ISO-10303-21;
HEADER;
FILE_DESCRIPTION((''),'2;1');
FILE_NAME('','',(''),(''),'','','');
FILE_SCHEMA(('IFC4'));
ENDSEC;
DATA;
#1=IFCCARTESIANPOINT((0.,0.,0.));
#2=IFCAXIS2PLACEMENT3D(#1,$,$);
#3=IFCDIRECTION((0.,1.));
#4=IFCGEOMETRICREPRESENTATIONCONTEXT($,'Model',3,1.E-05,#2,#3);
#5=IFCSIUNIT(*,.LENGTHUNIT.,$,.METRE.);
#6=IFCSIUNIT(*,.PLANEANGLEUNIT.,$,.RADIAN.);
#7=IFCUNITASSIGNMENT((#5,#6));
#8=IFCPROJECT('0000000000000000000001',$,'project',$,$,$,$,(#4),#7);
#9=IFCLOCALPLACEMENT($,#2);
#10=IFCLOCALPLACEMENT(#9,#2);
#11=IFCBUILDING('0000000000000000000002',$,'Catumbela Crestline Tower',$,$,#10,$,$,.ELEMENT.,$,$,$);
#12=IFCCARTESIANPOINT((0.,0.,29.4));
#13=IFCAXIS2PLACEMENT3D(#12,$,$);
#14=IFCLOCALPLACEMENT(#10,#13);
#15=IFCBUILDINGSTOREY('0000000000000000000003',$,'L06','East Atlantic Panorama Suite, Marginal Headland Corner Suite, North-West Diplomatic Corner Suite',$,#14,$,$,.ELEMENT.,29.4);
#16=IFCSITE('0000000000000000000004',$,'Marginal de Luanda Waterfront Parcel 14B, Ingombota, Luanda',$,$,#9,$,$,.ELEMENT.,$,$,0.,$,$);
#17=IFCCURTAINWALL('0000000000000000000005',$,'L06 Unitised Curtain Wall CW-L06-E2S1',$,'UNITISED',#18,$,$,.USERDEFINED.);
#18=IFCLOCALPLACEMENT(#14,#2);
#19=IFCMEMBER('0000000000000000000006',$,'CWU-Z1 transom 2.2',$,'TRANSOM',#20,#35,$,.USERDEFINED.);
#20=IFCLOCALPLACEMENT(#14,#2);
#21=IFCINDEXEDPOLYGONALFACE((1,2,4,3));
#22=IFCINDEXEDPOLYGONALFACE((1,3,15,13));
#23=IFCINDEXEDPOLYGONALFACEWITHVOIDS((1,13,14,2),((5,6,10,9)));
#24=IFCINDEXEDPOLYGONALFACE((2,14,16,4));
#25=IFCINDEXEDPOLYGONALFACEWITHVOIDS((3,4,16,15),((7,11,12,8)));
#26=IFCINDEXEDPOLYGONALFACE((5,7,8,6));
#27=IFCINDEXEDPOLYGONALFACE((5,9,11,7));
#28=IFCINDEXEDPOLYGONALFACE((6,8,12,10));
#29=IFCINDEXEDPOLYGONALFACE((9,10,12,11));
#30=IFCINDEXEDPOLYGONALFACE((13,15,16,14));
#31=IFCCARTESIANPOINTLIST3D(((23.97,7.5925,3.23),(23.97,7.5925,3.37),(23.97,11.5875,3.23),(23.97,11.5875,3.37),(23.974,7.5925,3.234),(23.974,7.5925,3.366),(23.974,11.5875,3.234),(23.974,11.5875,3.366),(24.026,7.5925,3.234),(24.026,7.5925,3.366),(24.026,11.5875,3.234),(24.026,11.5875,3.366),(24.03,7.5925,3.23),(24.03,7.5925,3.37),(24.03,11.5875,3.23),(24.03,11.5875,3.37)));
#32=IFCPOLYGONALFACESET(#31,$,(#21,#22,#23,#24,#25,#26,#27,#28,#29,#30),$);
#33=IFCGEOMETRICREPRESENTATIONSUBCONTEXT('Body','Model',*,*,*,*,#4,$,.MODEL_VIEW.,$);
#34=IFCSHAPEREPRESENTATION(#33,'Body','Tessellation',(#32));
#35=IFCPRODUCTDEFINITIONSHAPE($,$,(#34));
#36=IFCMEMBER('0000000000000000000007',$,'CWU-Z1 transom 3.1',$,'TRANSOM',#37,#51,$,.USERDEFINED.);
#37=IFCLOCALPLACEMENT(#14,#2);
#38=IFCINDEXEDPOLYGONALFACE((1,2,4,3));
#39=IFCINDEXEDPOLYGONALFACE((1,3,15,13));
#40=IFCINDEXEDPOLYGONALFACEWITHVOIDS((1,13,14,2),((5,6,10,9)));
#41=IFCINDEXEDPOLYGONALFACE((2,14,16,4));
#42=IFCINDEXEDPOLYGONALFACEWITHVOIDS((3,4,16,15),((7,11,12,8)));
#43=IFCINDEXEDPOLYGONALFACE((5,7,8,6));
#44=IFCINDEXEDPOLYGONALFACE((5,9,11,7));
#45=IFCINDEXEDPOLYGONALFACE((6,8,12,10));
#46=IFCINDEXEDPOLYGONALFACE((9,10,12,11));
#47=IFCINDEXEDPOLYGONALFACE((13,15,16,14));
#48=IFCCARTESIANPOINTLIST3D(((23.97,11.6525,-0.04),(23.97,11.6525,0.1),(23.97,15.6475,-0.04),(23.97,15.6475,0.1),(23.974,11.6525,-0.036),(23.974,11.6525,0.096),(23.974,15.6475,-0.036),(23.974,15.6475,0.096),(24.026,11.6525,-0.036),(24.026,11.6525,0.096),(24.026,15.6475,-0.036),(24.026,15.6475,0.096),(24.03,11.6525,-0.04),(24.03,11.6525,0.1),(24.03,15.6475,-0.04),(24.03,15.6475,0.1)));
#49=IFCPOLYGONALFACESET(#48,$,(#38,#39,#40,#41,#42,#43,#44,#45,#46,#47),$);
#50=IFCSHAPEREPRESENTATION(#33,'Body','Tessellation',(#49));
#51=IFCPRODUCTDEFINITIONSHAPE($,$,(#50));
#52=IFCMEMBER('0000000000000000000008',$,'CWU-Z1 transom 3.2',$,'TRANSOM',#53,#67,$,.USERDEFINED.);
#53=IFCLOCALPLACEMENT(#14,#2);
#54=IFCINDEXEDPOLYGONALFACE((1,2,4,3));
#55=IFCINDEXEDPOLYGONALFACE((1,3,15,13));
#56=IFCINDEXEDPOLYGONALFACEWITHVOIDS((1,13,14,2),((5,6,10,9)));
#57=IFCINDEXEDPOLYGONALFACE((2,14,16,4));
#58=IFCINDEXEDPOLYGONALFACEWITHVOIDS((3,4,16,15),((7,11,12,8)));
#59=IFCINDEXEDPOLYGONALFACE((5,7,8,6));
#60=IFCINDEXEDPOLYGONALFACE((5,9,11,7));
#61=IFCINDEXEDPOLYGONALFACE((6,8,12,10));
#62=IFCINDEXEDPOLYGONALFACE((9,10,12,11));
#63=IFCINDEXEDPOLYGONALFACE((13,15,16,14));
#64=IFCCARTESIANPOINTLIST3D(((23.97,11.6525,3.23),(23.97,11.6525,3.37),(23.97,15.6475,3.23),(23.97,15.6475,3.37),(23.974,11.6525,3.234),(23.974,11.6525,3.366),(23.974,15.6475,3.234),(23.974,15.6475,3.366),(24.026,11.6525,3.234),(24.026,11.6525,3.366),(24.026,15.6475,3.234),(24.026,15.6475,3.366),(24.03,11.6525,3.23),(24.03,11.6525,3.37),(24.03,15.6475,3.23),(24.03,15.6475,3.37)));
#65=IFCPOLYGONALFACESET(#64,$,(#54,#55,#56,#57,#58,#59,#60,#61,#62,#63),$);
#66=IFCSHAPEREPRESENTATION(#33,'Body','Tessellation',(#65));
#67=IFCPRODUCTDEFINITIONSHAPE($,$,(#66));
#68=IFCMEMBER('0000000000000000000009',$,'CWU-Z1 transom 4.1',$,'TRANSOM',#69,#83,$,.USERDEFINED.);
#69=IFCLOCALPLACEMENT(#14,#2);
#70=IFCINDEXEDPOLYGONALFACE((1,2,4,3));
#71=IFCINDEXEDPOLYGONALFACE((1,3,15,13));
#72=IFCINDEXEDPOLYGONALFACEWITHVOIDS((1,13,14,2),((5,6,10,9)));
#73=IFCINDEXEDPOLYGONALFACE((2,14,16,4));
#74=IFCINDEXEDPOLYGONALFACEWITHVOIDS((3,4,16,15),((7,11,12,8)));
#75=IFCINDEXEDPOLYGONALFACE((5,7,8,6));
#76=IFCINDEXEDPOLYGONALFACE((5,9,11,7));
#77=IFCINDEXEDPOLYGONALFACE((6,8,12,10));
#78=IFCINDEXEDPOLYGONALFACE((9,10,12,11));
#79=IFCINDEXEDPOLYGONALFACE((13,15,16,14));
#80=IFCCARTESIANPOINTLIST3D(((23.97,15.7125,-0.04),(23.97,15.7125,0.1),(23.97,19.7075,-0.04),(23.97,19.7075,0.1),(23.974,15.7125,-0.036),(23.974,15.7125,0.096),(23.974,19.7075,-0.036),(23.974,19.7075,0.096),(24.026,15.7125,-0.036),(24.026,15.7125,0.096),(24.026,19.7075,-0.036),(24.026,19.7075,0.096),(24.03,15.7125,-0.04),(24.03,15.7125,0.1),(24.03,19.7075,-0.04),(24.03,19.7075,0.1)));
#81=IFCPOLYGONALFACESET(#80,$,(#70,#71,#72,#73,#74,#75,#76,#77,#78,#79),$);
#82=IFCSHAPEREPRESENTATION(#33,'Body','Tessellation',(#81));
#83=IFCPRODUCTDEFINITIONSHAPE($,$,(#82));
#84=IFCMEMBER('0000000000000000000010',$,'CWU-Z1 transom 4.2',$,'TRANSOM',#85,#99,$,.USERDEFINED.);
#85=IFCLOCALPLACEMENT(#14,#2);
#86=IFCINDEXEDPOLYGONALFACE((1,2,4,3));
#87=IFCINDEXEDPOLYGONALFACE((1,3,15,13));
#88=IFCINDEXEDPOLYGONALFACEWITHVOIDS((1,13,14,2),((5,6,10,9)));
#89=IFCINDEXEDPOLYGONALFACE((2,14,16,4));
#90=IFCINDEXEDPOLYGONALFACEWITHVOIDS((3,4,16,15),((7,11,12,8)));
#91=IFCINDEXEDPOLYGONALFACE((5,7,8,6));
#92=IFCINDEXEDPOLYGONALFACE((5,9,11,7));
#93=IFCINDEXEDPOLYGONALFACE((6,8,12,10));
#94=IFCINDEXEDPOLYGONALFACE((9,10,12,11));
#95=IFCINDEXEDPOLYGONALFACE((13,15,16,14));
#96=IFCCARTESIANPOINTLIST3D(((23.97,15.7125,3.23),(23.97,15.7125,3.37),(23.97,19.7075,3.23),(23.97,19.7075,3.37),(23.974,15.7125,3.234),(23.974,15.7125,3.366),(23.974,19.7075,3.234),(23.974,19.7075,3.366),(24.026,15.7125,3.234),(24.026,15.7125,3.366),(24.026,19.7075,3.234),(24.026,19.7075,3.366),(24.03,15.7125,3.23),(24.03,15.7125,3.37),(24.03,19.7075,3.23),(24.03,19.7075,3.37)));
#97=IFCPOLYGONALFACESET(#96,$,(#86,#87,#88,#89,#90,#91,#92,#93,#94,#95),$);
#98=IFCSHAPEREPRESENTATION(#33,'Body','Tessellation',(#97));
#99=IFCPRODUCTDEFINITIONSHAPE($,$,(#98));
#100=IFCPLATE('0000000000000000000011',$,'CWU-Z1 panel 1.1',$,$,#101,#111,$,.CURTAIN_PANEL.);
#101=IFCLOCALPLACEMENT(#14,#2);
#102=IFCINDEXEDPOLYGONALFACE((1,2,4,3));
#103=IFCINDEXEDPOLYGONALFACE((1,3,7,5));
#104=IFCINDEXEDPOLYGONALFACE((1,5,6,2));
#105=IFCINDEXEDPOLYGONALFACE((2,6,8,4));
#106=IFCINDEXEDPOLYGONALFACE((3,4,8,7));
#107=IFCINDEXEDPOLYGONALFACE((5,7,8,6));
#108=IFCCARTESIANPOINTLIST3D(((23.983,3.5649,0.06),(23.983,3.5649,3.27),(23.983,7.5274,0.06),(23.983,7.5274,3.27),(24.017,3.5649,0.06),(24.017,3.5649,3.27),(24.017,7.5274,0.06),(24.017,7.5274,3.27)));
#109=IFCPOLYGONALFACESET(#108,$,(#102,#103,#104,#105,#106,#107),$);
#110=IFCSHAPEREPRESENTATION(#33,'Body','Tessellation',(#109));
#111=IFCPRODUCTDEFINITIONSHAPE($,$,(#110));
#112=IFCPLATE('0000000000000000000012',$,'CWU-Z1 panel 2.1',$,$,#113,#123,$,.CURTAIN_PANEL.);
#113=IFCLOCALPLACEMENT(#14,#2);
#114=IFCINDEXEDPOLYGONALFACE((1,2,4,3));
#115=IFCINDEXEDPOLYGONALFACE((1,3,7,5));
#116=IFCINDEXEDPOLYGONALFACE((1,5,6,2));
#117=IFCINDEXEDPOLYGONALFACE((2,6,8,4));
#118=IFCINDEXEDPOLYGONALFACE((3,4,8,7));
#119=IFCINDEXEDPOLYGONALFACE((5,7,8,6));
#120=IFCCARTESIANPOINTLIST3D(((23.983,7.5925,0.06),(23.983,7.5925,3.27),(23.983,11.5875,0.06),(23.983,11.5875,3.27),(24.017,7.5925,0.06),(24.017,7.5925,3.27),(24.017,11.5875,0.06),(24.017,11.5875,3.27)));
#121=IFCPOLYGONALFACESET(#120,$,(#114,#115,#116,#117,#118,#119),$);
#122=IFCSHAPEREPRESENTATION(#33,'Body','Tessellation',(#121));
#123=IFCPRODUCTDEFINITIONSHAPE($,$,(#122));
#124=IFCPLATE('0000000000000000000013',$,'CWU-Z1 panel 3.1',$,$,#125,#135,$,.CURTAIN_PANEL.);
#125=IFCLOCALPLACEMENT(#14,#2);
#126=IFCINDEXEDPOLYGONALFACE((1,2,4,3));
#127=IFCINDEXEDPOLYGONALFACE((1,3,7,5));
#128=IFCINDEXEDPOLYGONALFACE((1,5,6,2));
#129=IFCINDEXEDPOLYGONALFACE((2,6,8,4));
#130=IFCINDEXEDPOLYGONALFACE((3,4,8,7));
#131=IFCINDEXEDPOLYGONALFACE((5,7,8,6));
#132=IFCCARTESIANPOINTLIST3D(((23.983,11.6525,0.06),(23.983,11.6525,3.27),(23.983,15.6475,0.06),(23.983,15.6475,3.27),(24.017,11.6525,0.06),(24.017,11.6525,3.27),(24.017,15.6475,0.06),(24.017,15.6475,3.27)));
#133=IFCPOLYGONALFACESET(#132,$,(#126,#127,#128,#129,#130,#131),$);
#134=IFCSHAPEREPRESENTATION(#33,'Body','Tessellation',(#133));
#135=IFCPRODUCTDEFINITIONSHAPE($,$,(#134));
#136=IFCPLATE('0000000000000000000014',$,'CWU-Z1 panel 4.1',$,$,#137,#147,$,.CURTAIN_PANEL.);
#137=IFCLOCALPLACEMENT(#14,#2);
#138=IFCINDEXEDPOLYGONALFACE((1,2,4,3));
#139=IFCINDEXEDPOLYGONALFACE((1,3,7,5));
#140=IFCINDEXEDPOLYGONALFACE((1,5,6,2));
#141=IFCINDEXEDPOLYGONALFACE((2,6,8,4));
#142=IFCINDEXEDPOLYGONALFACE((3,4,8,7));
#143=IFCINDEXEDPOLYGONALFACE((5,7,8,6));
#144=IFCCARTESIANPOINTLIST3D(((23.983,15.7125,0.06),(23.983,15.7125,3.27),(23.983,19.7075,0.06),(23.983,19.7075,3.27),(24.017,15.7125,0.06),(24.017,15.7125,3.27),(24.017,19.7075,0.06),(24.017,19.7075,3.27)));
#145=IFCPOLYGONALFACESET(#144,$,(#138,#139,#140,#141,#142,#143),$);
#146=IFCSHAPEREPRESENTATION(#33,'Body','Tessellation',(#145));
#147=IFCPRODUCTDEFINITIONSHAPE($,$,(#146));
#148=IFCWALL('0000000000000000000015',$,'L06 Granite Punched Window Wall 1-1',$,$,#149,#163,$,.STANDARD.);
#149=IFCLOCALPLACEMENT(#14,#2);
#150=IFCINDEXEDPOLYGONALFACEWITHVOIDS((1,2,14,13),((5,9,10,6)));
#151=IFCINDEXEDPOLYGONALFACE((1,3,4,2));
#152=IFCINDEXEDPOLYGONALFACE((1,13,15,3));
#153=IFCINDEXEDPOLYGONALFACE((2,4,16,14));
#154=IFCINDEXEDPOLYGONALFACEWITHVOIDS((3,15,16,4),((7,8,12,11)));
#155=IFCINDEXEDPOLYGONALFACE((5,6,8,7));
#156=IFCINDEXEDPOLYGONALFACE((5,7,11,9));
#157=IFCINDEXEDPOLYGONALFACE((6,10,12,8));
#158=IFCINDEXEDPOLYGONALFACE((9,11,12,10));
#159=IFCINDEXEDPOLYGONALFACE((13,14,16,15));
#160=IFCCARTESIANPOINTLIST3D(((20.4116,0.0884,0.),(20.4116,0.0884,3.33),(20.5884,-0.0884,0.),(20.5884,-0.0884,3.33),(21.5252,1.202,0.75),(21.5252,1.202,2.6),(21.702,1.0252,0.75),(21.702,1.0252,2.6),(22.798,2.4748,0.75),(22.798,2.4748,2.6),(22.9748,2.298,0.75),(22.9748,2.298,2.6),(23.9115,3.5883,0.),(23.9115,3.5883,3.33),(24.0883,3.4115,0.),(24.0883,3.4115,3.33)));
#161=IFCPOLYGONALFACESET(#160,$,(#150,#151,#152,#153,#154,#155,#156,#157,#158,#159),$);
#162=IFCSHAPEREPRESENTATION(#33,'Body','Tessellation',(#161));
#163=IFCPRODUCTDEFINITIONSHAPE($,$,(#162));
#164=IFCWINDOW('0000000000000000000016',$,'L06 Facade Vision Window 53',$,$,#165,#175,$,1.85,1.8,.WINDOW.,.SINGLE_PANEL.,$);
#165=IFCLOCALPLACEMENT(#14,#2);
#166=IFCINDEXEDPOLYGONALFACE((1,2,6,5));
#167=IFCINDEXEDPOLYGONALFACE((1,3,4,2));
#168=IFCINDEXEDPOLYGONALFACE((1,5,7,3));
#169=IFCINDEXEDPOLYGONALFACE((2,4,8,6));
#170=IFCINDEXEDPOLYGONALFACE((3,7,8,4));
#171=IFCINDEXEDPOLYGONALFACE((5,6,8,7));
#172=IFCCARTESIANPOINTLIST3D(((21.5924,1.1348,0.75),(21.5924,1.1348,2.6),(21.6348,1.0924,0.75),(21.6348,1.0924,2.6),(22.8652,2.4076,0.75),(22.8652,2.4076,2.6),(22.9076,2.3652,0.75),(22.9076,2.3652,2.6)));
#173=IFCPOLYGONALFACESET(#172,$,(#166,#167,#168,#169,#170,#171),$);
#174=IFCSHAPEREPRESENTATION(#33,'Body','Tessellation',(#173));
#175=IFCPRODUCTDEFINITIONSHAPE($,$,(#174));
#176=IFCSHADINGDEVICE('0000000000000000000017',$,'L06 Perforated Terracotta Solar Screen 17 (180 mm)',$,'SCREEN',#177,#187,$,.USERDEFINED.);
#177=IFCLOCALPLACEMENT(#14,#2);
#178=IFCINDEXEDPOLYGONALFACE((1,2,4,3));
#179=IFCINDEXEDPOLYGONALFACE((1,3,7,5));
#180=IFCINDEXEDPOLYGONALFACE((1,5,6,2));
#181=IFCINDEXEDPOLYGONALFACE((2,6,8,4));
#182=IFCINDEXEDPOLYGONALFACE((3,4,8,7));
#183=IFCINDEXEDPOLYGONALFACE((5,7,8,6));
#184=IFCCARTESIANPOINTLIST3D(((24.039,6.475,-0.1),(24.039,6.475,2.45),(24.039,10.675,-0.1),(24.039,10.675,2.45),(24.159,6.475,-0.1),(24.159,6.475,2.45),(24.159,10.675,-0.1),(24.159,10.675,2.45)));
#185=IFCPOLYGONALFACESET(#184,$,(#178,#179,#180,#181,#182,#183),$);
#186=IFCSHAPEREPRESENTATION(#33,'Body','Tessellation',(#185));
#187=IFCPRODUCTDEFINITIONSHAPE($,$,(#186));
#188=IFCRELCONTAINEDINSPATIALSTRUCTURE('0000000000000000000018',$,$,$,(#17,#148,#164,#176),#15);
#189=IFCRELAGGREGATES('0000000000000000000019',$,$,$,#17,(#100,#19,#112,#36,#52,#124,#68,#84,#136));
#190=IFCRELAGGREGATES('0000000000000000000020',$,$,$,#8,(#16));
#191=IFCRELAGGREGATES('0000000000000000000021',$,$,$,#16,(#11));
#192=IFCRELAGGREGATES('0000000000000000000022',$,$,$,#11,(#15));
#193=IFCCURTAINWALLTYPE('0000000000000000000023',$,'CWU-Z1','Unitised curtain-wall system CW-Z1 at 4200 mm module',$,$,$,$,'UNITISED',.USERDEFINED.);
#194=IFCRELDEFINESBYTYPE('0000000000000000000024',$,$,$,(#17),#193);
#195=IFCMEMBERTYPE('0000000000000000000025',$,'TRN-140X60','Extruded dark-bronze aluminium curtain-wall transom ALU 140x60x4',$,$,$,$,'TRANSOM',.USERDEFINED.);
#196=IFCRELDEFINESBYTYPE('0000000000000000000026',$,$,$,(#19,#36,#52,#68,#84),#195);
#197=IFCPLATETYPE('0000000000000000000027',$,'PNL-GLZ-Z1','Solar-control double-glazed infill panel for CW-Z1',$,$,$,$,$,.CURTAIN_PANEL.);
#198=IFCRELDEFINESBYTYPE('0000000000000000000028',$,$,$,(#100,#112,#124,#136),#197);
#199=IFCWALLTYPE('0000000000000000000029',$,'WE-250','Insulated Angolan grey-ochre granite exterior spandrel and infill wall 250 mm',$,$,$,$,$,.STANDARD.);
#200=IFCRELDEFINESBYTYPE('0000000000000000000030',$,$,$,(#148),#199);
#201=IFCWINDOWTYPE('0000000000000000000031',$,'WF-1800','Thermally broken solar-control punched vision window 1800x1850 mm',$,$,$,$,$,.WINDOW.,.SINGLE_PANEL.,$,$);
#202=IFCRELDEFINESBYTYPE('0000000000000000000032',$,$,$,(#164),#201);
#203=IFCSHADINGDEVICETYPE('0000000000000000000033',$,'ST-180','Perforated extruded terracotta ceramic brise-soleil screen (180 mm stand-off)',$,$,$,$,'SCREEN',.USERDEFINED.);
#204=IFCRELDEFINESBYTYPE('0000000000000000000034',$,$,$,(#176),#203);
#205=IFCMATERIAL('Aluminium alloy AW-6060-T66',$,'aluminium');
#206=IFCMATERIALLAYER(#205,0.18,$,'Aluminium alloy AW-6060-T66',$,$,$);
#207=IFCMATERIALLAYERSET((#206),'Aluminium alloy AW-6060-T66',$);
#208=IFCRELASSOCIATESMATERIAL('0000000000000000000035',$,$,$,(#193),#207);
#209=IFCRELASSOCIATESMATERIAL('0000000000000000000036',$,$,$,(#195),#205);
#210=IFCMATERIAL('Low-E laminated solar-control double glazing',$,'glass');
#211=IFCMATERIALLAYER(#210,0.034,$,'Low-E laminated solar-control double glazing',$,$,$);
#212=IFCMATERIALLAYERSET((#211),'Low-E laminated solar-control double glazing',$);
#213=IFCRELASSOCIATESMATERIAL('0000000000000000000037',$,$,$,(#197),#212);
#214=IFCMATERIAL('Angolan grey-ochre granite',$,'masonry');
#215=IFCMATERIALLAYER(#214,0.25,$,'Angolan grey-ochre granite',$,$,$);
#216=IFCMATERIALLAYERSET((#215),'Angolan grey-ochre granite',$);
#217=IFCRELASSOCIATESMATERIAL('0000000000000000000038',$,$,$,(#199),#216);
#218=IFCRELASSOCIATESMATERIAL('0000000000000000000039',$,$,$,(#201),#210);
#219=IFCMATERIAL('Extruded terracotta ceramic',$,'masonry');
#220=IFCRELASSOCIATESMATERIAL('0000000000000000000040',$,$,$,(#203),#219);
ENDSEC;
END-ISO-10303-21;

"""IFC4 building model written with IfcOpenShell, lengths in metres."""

from ifc_helpers import new_model, si_unit, direction, frame, frame_2d, origin, origin_2d, place, context, subcontext, project, spatial, rectangle, hollow_rectangle, extrude, material, layer, layer_set, material_profile, profile_set, type_object, element, fill, aggregate, save


model = new_model("IFC4")

# Units and contexts
model_context = context("Model", 3, precision=1e-05, world=origin(), true_north=direction((0.0, 1.0)))
body_context = subcontext(model_context, "Body", "Model", "MODEL_VIEW")
ifc_project = project(units=[si_unit("LENGTHUNIT", "METRE"), si_unit("PLANEANGLEUNIT", "RADIAN")], contexts=[model_context])

# Site, building, storey
site_placement = place(None, origin())
site = spatial("IfcSite", under=ifc_project, at=site_placement, Name="Marginal de Luanda Waterfront Parcel 14B, Ingombota, Luanda", CompositionType="ELEMENT", RefElevation=0.0)
building_placement = place(site_placement, origin())
building = spatial("IfcBuilding", under=site, at=building_placement, Name="Catumbela Crestline Tower", CompositionType="ELEMENT")
storey_placement = place(building_placement, frame((0.0, 0.0, 29.4)))
storey = spatial("IfcBuildingStorey", under=building, at=storey_placement, Name="L06", Description="East Atlantic Panorama Suite, Marginal Headland Corner Suite, North-West Diplomatic Corner Suite", CompositionType="ELEMENT", Elevation=29.4)

# Shared definitions
ifc_material_1 = material(Name="Aluminium alloy AW-6060-T66", Category="aluminium")
ifc_layer_1 = layer(ifc_material_1, 0.18, Name="Aluminium alloy AW-6060-T66")
ifc_layer_set_1 = layer_set([ifc_layer_1], Name="Aluminium alloy AW-6060-T66")
curtain_wall_type = type_object("IfcCurtainWallType", Name="CWU-Z1", Description="Unitised curtain-wall system CW-Z1 at 4200 mm module", ElementType="UNITISED", PredefinedType="USERDEFINED", material=ifc_layer_set_1)

# Curtain wall
curtain_wall_1_placement = place(storey_placement, origin())
curtain_wall_1 = element("IfcCurtainWall", 1, at=curtain_wall_1_placement, inside=storey, type_object=curtain_wall_type, Name="L06 Unitised Curtain Wall CW-L06-E2S1", ObjectType="UNITISED", PredefinedType="USERDEFINED")

# Members
ifc_material_profile_1 = material_profile(ifc_material_1, hollow_rectangle(XDim=0.06, YDim=0.14, WallThickness=0.004, at=origin_2d()), Name="ALU 140x60x4")
ifc_profile_set_1 = profile_set([ifc_material_profile_1], Name="Aluminium alloy AW-6060-T66")
member_type_1 = type_object("IfcMemberType", Name="TRN-140X60", Description="Extruded dark-bronze aluminium curtain-wall transom ALU 140x60x4", ElementType="TRANSOM", PredefinedType="USERDEFINED", material=ifc_profile_set_1)
member_1_placement = place(storey_placement, frame((24.0, 7.5925, 3.3), z_axis=(0.0, 1.0, 0.0), x_axis=(-1.0, 0.0, 0.0)))
member_1 = element("IfcMember", 2, at=member_1_placement, type_object=member_type_1, Name="CWU-Z1 transom 2.2", ObjectType="TRANSOM", PredefinedType="USERDEFINED", context=body_context, shape_type="SweptSolid", body=[
    extrude(hollow_rectangle(XDim=0.06, YDim=0.14, WallThickness=0.004, at=origin_2d()), origin(), (0.0, 0.0, 1.0), 3.995),
])
member_2_placement = place(storey_placement, frame((24.0, 11.6525, 0.03), z_axis=(0.0, 1.0, 0.0), x_axis=(-1.0, 0.0, 0.0)))
member_2 = element("IfcMember", 3, at=member_2_placement, type_object=member_type_1, Name="CWU-Z1 transom 3.1", ObjectType="TRANSOM", PredefinedType="USERDEFINED", context=body_context, shape_type="SweptSolid", body=[
    extrude(hollow_rectangle(XDim=0.06, YDim=0.14, WallThickness=0.004, at=origin_2d()), origin(), (0.0, 0.0, 1.0), 3.995),
])
member_3_placement = place(storey_placement, frame((24.0, 11.6525, 3.3), z_axis=(0.0, 1.0, 0.0), x_axis=(-1.0, 0.0, 0.0)))
member_3 = element("IfcMember", 4, at=member_3_placement, type_object=member_type_1, Name="CWU-Z1 transom 3.2", ObjectType="TRANSOM", PredefinedType="USERDEFINED", context=body_context, shape_type="SweptSolid", body=[
    extrude(hollow_rectangle(XDim=0.06, YDim=0.14, WallThickness=0.004, at=origin_2d()), origin(), (0.0, 0.0, 1.0), 3.995),
])
member_4_placement = place(storey_placement, frame((24.0, 15.7125, 0.03), z_axis=(0.0, 1.0, 0.0), x_axis=(-1.0, 0.0, 0.0)))
member_4 = element("IfcMember", 5, at=member_4_placement, type_object=member_type_1, Name="CWU-Z1 transom 4.1", ObjectType="TRANSOM", PredefinedType="USERDEFINED", context=body_context, shape_type="SweptSolid", body=[
    extrude(hollow_rectangle(XDim=0.06, YDim=0.14, WallThickness=0.004, at=origin_2d()), origin(), (0.0, 0.0, 1.0), 3.995),
])
member_5_placement = place(storey_placement, frame((24.0, 15.7125, 3.3), z_axis=(0.0, 1.0, 0.0), x_axis=(-1.0, 0.0, 0.0)))
member_5 = element("IfcMember", 6, at=member_5_placement, type_object=member_type_1, Name="CWU-Z1 transom 4.2", ObjectType="TRANSOM", PredefinedType="USERDEFINED", context=body_context, shape_type="SweptSolid", body=[
    extrude(hollow_rectangle(XDim=0.06, YDim=0.14, WallThickness=0.004, at=origin_2d()), origin(), (0.0, 0.0, 1.0), 3.995),
])

# Plates
ifc_material_2 = material(Name="Low-E laminated solar-control double glazing", Category="glass")
ifc_layer_2 = layer(ifc_material_2, 0.034, Name="Low-E laminated solar-control double glazing")
ifc_layer_set_2 = layer_set([ifc_layer_2], Name="Low-E laminated solar-control double glazing")
plate_type = type_object("IfcPlateType", Name="PNL-GLZ-Z1", Description="Solar-control double-glazed infill panel for CW-Z1", PredefinedType="CURTAIN_PANEL", material=ifc_layer_set_2)
plate_1_placement = place(storey_placement, frame((24.0, 5.5462, 0.06), z_axis=(0.0, 0.0, 1.0), x_axis=(0.0, 1.0, 0.0)))
plate_1 = element("IfcPlate", 7, at=plate_1_placement, type_object=plate_type, Name="CWU-Z1 panel 1.1", PredefinedType="CURTAIN_PANEL", context=body_context, shape_type="SweptSolid", body=[
    extrude(rectangle(XDim=3.9625, YDim=0.034, at=origin_2d()), origin(), (0.0, 0.0, 1.0), 3.21),
])
plate_2_placement = place(storey_placement, frame((24.0, 9.59, 0.06), z_axis=(0.0, 0.0, 1.0), x_axis=(0.0, 1.0, 0.0)))
plate_2 = element("IfcPlate", 8, at=plate_2_placement, type_object=plate_type, Name="CWU-Z1 panel 2.1", PredefinedType="CURTAIN_PANEL", context=body_context, shape_type="SweptSolid", body=[
    extrude(rectangle(XDim=3.995, YDim=0.034, at=origin_2d()), origin(), (0.0, 0.0, 1.0), 3.21),
])
plate_3_placement = place(storey_placement, frame((24.0, 13.65, 0.06), z_axis=(0.0, 0.0, 1.0), x_axis=(0.0, 1.0, 0.0)))
plate_3 = element("IfcPlate", 9, at=plate_3_placement, type_object=plate_type, Name="CWU-Z1 panel 3.1", PredefinedType="CURTAIN_PANEL", context=body_context, shape_type="SweptSolid", body=[
    extrude(rectangle(XDim=3.995, YDim=0.034, at=origin_2d()), origin(), (0.0, 0.0, 1.0), 3.21),
])
plate_4_placement = place(storey_placement, frame((24.0, 17.71, 0.06), z_axis=(0.0, 0.0, 1.0), x_axis=(0.0, 1.0, 0.0)))
plate_4 = element("IfcPlate", 10, at=plate_4_placement, type_object=plate_type, Name="CWU-Z1 panel 4.1", PredefinedType="CURTAIN_PANEL", context=body_context, shape_type="SweptSolid", body=[
    extrude(rectangle(XDim=3.995, YDim=0.034, at=origin_2d()), origin(), (0.0, 0.0, 1.0), 3.21),
])
aggregate(curtain_wall_1, [plate_1, member_1, plate_2, member_2, member_3, plate_3, member_4, member_5, plate_4])

# Wall, opening, window
ifc_material_3 = material(Name="Angolan grey-ochre granite", Category="masonry")
ifc_layer_3 = layer(ifc_material_3, 0.25, Name="Angolan grey-ochre granite")
ifc_layer_set_3 = layer_set([ifc_layer_3], Name="Angolan grey-ochre granite")
wall_type = type_object("IfcWallType", Name="WE-250", Description="Insulated Angolan grey-ochre granite exterior spandrel and infill wall 250 mm", PredefinedType="STANDARD", material=ifc_layer_set_3)
wall_placement = place(storey_placement, frame((20.5, 0.0, 0.0), z_axis=(0.0, 0.0, 1.0), x_axis=(0.707107, 0.707107, 0.0)))
wall = element("IfcWall", 11, at=wall_placement, inside=storey, type_object=wall_type, Name="L06 Granite Punched Window Wall 1-1", PredefinedType="STANDARD", context=body_context, shape_type="SweptSolid", body=[
    extrude(rectangle(XDim=4.9497, YDim=0.25, at=frame_2d((2.4748, 0.0))), origin(), (0.0, 0.0, 1.0), 3.33),
])
opening_placement = place(wall_placement, frame((1.5749, 0.0, 0.75)))
opening = element("IfcOpeningElement", 12, at=opening_placement, cuts=wall, PredefinedType="OPENING", context=body_context, shape_type="SweptSolid", body=[
    extrude(rectangle(XDim=1.8, YDim=1.85, at=frame_2d((0.9, 0.925))), frame((0.0, 0.135, 0.0), z_axis=(0.0, -1.0, 0.0), x_axis=(1.0, 0.0, 0.0)), (0.0, 0.0, 1.0), 0.27),
])
window_type = type_object("IfcWindowType", Name="WF-1800", Description="Thermally broken solar-control punched vision window 1800x1850 mm", PartitioningType="SINGLE_PANEL", PredefinedType="WINDOW", material=ifc_material_2)
window_placement = place(opening_placement, origin())
window = element("IfcWindow", 13, at=window_placement, inside=storey, type_object=window_type, Name="L06 Facade Vision Window 53", OverallHeight=1.85, OverallWidth=1.8, PartitioningType="SINGLE_PANEL", PredefinedType="WINDOW", context=body_context, shape_type="SweptSolid", body=[
    extrude(rectangle(XDim=1.8, YDim=1.85, at=frame_2d((0.9, 0.925))), frame((0.0, 0.03, 0.0), z_axis=(0.0, -1.0, 0.0), x_axis=(1.0, 0.0, 0.0)), (0.0, 0.0, 1.0), 0.06),
])
fill(opening, window)

# Shading device
ifc_material_4 = material(Name="Extruded terracotta ceramic", Category="masonry")
shading_device_type = type_object("IfcShadingDeviceType", Name="ST-180", Description="Perforated extruded terracotta ceramic brise-soleil screen (180 mm stand-off)", ElementType="SCREEN", PredefinedType="USERDEFINED", material=ifc_material_4)
shading_device_placement = place(storey_placement, frame((24.099, 8.575, -0.1), z_axis=(0.0, 0.0, 1.0), x_axis=(0.0, 1.0, 0.0)))
element("IfcShadingDevice", 14, at=shading_device_placement, inside=storey, type_object=shading_device_type, Name="L06 Perforated Terracotta Solar Screen 17 (180 mm)", ObjectType="SCREEN", PredefinedType="USERDEFINED", context=body_context, shape_type="SweptSolid", body=[
    extrude(rectangle(XDim=4.2, YDim=0.12, at=origin_2d()), origin(), (0.0, 0.0, 1.0), 2.55),
])

save(model, "model.ifc")
